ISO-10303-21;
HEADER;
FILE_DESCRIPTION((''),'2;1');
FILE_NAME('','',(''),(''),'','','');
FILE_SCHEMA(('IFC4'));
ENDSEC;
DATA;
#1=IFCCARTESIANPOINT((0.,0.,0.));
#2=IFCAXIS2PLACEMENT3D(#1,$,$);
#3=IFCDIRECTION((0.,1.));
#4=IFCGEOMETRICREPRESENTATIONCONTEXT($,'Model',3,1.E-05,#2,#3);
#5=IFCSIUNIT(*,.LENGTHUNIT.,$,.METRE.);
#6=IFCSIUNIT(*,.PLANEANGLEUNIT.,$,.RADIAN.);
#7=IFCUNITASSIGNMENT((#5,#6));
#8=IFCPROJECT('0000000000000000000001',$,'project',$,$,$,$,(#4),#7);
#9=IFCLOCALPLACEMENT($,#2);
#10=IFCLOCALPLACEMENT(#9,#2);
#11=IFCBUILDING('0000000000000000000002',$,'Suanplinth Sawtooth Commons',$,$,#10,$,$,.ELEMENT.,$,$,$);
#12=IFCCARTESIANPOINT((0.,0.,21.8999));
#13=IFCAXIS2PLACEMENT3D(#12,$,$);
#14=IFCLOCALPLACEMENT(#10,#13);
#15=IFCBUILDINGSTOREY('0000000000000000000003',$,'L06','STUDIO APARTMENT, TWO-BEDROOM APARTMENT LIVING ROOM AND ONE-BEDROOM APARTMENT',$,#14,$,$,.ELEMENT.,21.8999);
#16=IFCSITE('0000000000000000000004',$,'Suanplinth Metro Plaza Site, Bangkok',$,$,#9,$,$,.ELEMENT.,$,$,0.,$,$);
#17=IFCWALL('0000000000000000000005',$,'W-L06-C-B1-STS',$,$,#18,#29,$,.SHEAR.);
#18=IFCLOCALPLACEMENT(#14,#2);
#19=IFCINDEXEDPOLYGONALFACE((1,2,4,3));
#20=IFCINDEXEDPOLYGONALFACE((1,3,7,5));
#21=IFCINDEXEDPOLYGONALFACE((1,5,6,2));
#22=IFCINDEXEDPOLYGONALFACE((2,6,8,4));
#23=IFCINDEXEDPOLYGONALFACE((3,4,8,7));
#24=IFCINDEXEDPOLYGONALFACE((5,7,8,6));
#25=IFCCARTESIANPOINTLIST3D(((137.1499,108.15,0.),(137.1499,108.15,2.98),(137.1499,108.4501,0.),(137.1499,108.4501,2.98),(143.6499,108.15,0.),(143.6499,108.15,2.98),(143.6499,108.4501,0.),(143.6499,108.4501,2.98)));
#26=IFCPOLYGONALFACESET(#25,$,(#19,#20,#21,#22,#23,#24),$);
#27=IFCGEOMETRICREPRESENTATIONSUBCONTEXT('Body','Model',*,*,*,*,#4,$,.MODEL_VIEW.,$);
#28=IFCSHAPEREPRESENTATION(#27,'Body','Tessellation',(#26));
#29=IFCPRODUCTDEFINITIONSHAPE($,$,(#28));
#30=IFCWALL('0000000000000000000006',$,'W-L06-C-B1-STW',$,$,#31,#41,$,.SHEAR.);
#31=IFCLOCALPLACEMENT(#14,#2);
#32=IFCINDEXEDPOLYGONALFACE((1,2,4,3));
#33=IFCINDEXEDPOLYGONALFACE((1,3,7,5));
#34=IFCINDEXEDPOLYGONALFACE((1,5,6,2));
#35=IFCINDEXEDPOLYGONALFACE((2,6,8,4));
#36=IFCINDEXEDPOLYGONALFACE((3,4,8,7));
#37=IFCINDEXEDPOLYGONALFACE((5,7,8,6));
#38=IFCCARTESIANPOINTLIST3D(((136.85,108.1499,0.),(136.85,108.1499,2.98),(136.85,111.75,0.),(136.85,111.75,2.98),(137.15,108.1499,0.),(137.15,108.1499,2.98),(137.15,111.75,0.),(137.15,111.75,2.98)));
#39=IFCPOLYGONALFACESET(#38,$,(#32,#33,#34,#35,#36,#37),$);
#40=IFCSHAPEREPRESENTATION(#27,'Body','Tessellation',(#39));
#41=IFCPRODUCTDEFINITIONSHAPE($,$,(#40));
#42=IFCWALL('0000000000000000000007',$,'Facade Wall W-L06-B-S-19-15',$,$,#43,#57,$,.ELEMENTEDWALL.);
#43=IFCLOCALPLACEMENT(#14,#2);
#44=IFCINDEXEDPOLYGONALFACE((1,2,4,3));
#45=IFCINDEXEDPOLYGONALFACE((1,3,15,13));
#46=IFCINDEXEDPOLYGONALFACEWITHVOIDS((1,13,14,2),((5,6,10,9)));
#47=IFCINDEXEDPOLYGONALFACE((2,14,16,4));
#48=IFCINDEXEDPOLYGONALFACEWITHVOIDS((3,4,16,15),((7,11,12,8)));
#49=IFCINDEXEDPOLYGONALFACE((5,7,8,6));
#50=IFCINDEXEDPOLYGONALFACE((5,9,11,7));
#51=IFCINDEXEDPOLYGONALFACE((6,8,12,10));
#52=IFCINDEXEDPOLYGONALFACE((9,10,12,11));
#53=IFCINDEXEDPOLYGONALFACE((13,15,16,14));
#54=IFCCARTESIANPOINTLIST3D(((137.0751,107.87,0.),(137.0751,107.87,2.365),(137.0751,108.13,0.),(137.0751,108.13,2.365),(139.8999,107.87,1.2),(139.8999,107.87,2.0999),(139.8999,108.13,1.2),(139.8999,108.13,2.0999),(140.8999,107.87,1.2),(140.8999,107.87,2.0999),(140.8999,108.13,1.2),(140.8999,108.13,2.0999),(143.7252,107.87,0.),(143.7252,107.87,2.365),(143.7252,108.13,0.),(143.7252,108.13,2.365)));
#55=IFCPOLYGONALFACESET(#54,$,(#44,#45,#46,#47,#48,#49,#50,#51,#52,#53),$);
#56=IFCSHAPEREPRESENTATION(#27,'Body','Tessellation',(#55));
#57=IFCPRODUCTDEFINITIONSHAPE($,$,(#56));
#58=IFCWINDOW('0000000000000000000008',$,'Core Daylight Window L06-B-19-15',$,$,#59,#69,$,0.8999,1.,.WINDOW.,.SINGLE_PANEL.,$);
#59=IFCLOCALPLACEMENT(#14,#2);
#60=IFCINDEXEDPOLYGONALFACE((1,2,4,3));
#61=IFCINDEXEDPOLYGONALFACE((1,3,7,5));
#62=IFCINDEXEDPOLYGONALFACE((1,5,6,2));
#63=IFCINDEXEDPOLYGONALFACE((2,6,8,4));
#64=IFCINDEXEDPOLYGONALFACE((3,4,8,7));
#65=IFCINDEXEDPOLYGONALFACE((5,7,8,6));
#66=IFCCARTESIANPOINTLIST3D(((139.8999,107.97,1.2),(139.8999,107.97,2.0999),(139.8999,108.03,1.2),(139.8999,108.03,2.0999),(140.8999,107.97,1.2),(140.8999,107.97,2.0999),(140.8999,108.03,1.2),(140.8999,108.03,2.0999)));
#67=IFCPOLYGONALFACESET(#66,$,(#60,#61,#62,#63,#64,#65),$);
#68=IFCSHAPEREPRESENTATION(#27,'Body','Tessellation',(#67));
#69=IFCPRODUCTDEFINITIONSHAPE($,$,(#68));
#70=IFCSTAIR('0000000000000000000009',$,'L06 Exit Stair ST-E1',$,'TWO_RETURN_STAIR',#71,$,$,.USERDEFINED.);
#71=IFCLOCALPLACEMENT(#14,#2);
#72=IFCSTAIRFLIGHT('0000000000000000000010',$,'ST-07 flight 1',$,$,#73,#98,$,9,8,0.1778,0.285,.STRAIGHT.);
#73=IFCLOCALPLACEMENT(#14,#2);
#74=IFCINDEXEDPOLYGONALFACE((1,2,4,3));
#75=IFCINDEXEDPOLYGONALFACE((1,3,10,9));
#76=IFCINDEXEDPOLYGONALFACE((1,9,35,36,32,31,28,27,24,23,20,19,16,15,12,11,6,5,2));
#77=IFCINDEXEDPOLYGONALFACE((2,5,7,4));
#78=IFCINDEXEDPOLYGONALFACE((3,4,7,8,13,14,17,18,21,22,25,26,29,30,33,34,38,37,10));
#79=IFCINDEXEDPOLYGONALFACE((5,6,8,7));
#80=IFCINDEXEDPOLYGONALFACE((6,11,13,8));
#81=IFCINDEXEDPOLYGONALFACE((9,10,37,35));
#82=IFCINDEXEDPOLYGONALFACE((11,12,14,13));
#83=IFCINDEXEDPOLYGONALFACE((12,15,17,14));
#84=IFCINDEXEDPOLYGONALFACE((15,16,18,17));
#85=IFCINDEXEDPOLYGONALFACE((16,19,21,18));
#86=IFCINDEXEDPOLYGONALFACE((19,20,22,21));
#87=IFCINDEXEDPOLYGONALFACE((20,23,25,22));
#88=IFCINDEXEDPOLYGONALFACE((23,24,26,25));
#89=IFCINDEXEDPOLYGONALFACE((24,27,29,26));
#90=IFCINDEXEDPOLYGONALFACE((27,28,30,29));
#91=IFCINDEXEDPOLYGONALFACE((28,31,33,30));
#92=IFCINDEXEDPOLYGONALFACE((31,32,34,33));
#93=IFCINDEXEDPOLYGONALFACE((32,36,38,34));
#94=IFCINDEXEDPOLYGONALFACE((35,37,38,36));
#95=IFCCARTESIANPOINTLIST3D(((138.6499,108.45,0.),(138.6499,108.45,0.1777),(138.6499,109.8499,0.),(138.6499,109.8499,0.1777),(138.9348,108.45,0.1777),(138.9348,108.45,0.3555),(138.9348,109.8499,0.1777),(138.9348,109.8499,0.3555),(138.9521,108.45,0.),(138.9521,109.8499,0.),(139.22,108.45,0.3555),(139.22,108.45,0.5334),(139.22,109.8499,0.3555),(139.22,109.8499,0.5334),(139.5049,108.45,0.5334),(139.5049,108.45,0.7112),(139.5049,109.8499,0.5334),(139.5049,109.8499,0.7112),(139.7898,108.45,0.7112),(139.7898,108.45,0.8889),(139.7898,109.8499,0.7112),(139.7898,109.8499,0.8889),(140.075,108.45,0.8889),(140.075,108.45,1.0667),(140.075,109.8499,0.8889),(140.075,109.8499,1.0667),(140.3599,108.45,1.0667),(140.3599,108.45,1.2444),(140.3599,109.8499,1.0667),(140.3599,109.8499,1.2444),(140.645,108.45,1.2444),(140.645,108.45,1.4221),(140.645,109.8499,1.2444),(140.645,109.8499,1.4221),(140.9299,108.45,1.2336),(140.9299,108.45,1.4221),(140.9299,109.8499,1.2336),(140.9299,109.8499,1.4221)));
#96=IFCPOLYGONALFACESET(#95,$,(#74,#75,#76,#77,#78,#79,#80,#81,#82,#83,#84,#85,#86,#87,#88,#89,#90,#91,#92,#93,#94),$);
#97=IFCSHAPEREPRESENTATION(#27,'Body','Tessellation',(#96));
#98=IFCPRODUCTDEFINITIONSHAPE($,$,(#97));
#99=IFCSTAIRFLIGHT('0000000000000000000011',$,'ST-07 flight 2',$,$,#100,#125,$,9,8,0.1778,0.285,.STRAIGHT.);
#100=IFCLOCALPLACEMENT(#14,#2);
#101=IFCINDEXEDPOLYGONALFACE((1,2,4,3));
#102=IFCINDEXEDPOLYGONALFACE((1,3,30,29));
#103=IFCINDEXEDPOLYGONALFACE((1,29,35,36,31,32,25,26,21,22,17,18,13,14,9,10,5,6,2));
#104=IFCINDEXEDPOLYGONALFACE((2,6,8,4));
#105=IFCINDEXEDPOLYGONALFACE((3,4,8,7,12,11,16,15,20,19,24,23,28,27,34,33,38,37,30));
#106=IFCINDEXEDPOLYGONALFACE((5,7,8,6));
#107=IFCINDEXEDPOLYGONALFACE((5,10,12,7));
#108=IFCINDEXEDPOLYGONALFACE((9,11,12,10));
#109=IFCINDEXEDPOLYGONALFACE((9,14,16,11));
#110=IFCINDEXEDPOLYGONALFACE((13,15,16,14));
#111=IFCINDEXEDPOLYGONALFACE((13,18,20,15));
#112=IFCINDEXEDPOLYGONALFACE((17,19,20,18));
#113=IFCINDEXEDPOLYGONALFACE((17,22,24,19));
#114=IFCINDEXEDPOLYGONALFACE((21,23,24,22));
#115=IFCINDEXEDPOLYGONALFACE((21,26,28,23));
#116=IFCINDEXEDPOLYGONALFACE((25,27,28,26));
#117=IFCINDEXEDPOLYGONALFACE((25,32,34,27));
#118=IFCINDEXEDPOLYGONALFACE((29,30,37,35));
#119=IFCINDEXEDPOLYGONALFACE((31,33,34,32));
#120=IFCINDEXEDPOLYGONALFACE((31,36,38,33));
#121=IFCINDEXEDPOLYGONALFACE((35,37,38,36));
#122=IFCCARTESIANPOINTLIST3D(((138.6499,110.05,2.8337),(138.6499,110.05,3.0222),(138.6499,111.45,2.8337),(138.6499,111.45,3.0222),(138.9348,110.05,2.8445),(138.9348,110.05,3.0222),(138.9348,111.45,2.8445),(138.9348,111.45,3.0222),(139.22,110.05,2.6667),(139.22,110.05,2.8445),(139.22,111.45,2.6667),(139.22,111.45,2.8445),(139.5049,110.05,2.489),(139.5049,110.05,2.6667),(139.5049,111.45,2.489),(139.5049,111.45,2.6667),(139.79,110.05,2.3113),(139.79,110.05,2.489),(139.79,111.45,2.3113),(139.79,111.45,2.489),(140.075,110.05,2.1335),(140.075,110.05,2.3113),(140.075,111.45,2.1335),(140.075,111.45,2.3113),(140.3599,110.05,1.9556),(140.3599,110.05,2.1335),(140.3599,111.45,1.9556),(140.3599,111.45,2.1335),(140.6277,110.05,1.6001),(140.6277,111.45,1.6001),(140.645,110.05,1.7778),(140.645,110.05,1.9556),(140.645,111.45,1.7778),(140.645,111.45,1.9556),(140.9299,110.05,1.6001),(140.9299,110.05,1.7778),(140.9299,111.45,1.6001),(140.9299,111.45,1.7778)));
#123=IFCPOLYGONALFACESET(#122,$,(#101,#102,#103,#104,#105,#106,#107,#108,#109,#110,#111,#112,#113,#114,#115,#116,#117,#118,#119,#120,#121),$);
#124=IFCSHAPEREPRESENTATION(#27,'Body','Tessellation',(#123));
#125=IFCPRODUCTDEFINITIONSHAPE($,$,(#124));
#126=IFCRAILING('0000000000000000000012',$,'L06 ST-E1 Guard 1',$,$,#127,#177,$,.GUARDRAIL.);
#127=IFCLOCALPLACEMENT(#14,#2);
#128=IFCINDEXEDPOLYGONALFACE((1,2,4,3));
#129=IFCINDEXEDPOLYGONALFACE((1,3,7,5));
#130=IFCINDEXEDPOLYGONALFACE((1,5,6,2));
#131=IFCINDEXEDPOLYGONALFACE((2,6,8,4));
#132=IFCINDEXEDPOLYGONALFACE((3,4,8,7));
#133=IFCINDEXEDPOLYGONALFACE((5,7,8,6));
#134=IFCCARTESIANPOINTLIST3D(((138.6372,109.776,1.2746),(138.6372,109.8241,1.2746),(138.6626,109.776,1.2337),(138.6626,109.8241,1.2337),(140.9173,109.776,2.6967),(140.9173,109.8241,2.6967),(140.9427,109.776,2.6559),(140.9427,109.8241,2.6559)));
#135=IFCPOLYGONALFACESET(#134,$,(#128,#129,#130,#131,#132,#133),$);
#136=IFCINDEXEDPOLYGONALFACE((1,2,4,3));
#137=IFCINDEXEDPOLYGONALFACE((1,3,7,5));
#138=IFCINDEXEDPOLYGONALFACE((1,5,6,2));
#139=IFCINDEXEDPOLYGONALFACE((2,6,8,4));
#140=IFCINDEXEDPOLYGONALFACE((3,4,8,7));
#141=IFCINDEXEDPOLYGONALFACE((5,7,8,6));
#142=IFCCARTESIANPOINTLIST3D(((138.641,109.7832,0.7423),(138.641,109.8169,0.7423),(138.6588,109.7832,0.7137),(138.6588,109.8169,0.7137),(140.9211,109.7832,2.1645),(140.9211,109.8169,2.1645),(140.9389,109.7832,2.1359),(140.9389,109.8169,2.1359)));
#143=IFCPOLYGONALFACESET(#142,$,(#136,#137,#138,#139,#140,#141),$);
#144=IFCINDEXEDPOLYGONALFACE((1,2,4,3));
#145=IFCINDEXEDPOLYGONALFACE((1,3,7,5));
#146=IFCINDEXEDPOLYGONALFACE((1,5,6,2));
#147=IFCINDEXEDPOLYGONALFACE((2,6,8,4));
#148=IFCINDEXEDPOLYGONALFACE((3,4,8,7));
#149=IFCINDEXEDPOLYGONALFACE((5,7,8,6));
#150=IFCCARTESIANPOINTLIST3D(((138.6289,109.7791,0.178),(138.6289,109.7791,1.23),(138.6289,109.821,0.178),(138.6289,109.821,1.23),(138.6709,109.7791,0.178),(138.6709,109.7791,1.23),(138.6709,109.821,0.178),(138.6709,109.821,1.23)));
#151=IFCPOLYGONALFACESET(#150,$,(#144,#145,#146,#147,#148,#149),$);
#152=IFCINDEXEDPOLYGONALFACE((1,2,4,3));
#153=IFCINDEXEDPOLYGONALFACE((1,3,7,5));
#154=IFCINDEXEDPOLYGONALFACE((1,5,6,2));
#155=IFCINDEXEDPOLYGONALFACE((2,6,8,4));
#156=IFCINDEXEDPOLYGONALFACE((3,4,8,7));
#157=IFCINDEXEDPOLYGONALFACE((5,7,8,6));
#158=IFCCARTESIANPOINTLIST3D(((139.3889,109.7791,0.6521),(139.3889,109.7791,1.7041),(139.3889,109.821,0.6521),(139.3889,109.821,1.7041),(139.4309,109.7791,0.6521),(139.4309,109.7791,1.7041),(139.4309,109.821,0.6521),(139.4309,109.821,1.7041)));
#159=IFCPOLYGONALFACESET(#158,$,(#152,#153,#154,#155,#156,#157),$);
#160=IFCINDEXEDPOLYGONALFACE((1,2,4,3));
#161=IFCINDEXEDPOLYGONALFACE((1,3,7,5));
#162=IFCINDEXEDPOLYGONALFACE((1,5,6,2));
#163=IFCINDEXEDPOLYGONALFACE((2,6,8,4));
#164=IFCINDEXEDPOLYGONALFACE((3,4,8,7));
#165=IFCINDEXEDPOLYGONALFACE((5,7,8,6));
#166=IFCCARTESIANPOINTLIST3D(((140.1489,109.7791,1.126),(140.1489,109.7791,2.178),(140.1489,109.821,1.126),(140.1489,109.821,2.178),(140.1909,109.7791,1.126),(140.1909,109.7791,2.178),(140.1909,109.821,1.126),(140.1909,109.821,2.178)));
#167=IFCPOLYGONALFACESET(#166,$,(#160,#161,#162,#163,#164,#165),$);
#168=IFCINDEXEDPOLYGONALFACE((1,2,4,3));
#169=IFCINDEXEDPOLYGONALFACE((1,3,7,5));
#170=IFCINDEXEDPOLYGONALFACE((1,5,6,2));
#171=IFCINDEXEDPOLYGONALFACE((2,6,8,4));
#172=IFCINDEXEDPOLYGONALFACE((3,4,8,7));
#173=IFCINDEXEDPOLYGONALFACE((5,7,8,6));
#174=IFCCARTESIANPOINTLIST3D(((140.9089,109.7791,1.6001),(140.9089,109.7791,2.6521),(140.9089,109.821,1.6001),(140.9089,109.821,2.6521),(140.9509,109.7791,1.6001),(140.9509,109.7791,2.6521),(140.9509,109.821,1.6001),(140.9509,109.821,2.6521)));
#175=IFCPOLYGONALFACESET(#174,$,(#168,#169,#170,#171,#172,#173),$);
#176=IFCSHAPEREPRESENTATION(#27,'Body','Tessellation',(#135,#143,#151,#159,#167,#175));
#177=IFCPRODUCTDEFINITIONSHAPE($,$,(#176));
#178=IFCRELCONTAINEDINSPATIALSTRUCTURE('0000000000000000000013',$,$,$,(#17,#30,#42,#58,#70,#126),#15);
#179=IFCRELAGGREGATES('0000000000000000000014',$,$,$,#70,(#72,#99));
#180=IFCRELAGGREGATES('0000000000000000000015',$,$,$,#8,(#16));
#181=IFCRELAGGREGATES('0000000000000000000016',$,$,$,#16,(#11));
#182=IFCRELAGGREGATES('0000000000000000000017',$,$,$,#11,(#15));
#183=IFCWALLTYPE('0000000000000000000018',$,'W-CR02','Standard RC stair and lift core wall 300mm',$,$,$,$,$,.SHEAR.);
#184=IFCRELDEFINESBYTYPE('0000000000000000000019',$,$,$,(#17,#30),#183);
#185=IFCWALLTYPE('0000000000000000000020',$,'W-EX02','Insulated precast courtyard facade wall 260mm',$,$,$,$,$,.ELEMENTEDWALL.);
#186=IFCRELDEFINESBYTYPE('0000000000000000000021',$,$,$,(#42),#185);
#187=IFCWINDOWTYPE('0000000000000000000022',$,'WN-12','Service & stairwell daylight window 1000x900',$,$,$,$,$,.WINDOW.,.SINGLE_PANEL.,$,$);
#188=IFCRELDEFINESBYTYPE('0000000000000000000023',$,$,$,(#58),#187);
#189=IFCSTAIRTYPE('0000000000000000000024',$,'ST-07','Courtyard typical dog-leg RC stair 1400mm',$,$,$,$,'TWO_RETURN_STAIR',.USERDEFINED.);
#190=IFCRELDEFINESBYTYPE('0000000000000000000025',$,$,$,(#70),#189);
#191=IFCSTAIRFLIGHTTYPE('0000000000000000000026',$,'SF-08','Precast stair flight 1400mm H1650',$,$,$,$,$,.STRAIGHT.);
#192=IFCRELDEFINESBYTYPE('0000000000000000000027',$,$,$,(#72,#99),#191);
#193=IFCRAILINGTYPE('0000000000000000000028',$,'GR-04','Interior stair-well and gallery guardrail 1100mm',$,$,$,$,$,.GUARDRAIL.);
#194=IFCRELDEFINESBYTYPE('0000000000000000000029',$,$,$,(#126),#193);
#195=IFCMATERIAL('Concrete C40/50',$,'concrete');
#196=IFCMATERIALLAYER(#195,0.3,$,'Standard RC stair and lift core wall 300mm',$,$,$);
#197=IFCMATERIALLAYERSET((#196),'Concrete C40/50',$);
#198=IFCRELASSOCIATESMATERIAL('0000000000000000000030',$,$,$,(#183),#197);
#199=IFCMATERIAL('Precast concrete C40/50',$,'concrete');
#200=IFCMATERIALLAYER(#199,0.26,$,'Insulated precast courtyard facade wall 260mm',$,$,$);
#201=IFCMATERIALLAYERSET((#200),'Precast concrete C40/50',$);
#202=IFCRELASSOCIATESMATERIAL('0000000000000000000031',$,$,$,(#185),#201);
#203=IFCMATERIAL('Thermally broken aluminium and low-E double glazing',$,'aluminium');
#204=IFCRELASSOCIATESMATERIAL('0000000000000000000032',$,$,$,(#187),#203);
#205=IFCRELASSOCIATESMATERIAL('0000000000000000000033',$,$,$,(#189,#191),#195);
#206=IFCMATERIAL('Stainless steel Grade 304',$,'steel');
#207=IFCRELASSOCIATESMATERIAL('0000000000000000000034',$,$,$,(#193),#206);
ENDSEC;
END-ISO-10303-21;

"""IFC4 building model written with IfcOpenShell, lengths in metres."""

from ifc_helpers import new_model, si_unit, direction, frame, frame_2d, origin, origin_2d, place, context, subcontext, project, spatial, polyline, rectangle, outline, extrude, material, layer, layer_set, type_object, element, fill, aggregate, save


model = new_model("IFC4")

# Units and contexts
model_context = context("Model", 3, precision=1e-05, world=origin(), true_north=direction((0.0, 1.0)))
body_context = subcontext(model_context, "Body", "Model", "MODEL_VIEW")
ifc_project = project(units=[si_unit("LENGTHUNIT", "METRE"), si_unit("PLANEANGLEUNIT", "RADIAN")], contexts=[model_context])

# Site, building, storey
site_placement = place(None, origin())
site = spatial("IfcSite", under=ifc_project, at=site_placement, Name="Suanplinth Metro Plaza Site, Bangkok", CompositionType="ELEMENT", RefElevation=0.0)
building_placement = place(site_placement, origin())
building = spatial("IfcBuilding", under=site, at=building_placement, Name="Suanplinth Sawtooth Commons", CompositionType="ELEMENT")
storey_placement = place(building_placement, frame((0.0, 0.0, 21.8999)))
storey = spatial("IfcBuildingStorey", under=building, at=storey_placement, Name="L06", Description="STUDIO APARTMENT, TWO-BEDROOM APARTMENT LIVING ROOM AND ONE-BEDROOM APARTMENT", CompositionType="ELEMENT", Elevation=21.8999)

# Shared definitions
ifc_material_1 = material(Name="Precast concrete C40/50", Category="concrete")

# Walls
ifc_material_2 = material(Name="Concrete C40/50", Category="concrete")
ifc_layer_1 = layer(ifc_material_2, 0.3, Name="Standard RC stair and lift core wall 300mm")
ifc_layer_set_1 = layer_set([ifc_layer_1], Name="Concrete C40/50")
wall_type_1 = type_object("IfcWallType", Name="W-CR02", Description="Standard RC stair and lift core wall 300mm", PredefinedType="SHEAR", material=ifc_layer_set_1)
wall_1_placement = place(storey_placement, frame((137.1499, 108.3, 0.0), z_axis=(0.0, 0.0, 1.0), x_axis=(1.0, 0.0, 0.0)))
element("IfcWall", 1, at=wall_1_placement, inside=storey, type_object=wall_type_1, Name="W-L06-C-B1-STS", PredefinedType="SHEAR", context=body_context, shape_type="SweptSolid", body=[
    extrude(rectangle(XDim=6.5, YDim=0.3, at=frame_2d((3.25, 0.0))), origin(), (0.0, 0.0, 1.0), 2.98),
])
wall_2_placement = place(storey_placement, frame((137.0, 108.1499, 0.0), z_axis=(0.0, 0.0, 1.0), x_axis=(0.0, 1.0, 0.0)))
element("IfcWall", 2, at=wall_2_placement, inside=storey, type_object=wall_type_1, Name="W-L06-C-B1-STW", PredefinedType="SHEAR", context=body_context, shape_type="SweptSolid", body=[
    extrude(rectangle(XDim=3.6001, YDim=0.3, at=frame_2d((1.8, 0.0))), origin(), (0.0, 0.0, 1.0), 2.98),
])

# Wall, opening, window
ifc_layer_2 = layer(ifc_material_1, 0.26, Name="Insulated precast courtyard facade wall 260mm")
ifc_layer_set_2 = layer_set([ifc_layer_2], Name="Precast concrete C40/50")
wall_type_2 = type_object("IfcWallType", Name="W-EX02", Description="Insulated precast courtyard facade wall 260mm", PredefinedType="ELEMENTEDWALL", material=ifc_layer_set_2)
wall_3_placement = place(storey_placement, frame((137.075, 108.0, 0.0), z_axis=(0.0, 0.0, 1.0), x_axis=(1.0, 0.0, 0.0)))
wall_3 = element("IfcWall", 3, at=wall_3_placement, inside=storey, type_object=wall_type_2, Name="Facade Wall W-L06-B-S-19-15", PredefinedType="ELEMENTEDWALL", context=body_context, shape_type="SweptSolid", body=[
    extrude(rectangle(XDim=6.6501, YDim=0.26, at=frame_2d((3.3252, 0.0))), origin(), (0.0, 0.0, 1.0), 2.365),
])
opening_placement = place(wall_3_placement, frame((2.825, 0.0, 1.2)))
opening = element("IfcOpeningElement", 4, at=opening_placement, cuts=wall_3, PredefinedType="OPENING", context=body_context, shape_type="SweptSolid", body=[
    extrude(rectangle(XDim=1.0, YDim=0.8999, at=frame_2d((0.5, 0.45))), frame((0.0, 0.145, 0.0), z_axis=(0.0, -1.0, 0.0), x_axis=(1.0, 0.0, 0.0)), (0.0, 0.0, 1.0), 0.2898),
])
ifc_material_3 = material(Name="Thermally broken aluminium and low-E double glazing", Category="aluminium")
window_type = type_object("IfcWindowType", Name="WN-12", Description="Service & stairwell daylight window 1000x900", PartitioningType="SINGLE_PANEL", PredefinedType="WINDOW", material=ifc_material_3)
window_placement = place(opening_placement, origin())
window = element("IfcWindow", 5, at=window_placement, inside=storey, type_object=window_type, Name="Core Daylight Window L06-B-19-15", OverallHeight=0.8999, OverallWidth=1.0, PartitioningType="SINGLE_PANEL", PredefinedType="WINDOW", context=body_context, shape_type="SweptSolid", body=[
    extrude(rectangle(XDim=1.0, YDim=0.8999, at=frame_2d((0.5, 0.45))), frame((0.0, 0.03, 0.0), z_axis=(0.0, -1.0, 0.0), x_axis=(1.0, 0.0, 0.0)), (0.0, 0.0, 1.0), 0.0601),
])
fill(opening, window)

# Stair, stair flights
stair_type = type_object("IfcStairType", Name="ST-07", Description="Courtyard typical dog-leg RC stair 1400mm", ElementType="TWO_RETURN_STAIR", PredefinedType="USERDEFINED", material=ifc_material_2)
stair_placement = place(storey_placement, origin())
stair = element("IfcStair", 6, at=stair_placement, inside=storey, type_object=stair_type, Name="L06 Exit Stair ST-E1", ObjectType="TWO_RETURN_STAIR", PredefinedType="USERDEFINED")
stair_flight_type = type_object("IfcStairFlightType", Name="SF-08", Description="Precast stair flight 1400mm H1650", PredefinedType="STRAIGHT", material=ifc_material_2)
stair_flight_1_placement = place(storey_placement, frame((138.6499, 109.1499, 0.0), z_axis=(0.0, 0.0, 1.0), x_axis=(1.0, 0.0, 0.0)))
stair_flight_1 = element("IfcStairFlight", 7, at=stair_flight_1_placement, type_object=stair_flight_type, Name="ST-07 flight 1", NumberOfRisers=9, NumberOfTreads=8, PredefinedType="STRAIGHT", RiserHeight=0.1778, TreadLength=0.285, context=body_context, shape_type="SweptSolid", body=[
    extrude(outline(polyline([(0.0, 0.0), (0.0, 0.1777), (0.2849, 0.1777), (0.2849, 0.3555), (0.5701, 0.3555), (0.5701, 0.5334), (0.855, 0.5334), (0.855, 0.7112), (1.1399, 0.7112), (1.1399, 0.8889), (1.425, 0.8889), (1.425, 1.0667), (1.71, 1.0667), (1.71, 1.2444), (1.9951, 1.2444), (1.9951, 1.4221), (2.28, 1.4221), (2.28, 1.6001), (2.28, 1.2336), (0.3022, 0.0), (0.0, 0.0)])), frame((0.0, 0.7, 0.0), z_axis=(0.0, -1.0, 0.0), x_axis=(1.0, 0.0, 0.0)), (0.0, 0.0, 1.0), 1.3999),
])
stair_flight_2_placement = place(storey_placement, frame((140.9299, 110.75, 1.6001), z_axis=(0.0, 0.0, 1.0), x_axis=(-1.0, 0.0, 0.0)))
stair_flight_2 = element("IfcStairFlight", 8, at=stair_flight_2_placement, type_object=stair_flight_type, Name="ST-07 flight 2", NumberOfRisers=9, NumberOfTreads=8, PredefinedType="STRAIGHT", RiserHeight=0.1778, TreadLength=0.285, context=body_context, shape_type="SweptSolid", body=[
    extrude(outline(polyline([(0.0, 0.0), (0.0, 0.1777), (0.2849, 0.1777), (0.2849, 0.3555), (0.5701, 0.3555), (0.5701, 0.5334), (0.855, 0.5334), (0.855, 0.7112), (1.1399, 0.7112), (1.1399, 0.8889), (1.425, 0.8889), (1.425, 1.0667), (1.71, 1.0667), (1.71, 1.2444), (1.9951, 1.2444), (1.9951, 1.4221), (2.28, 1.4221), (2.28, 1.6001), (2.28, 1.2336), (0.3022, 0.0), (0.0, 0.0)])), frame((0.0, 0.7, 0.0), z_axis=(0.0, -1.0, 0.0), x_axis=(1.0, 0.0, 0.0)), (0.0, 0.0, 1.0), 1.3999),
])
aggregate(stair, [stair_flight_1, stair_flight_2])

# Railing
ifc_material_4 = material(Name="Stainless steel Grade 304", Category="steel")
railing_type_1 = type_object("IfcRailingType", Name="GR-04", Description="Interior stair-well and gallery guardrail 1100mm", PredefinedType="GUARDRAIL", material=ifc_material_4)
railing_1_placement = place(storey_placement, frame((138.6499, 109.8, 0.178)))
element("IfcRailing", 9, at=railing_1_placement, inside=storey, type_object=railing_type_1, Name="L06 ST-E1 Guard 1", PredefinedType="GUARDRAIL", context=body_context, shape_type="SweptSolid", body=[
    extrude(rectangle(XDim=0.0481, YDim=0.0481, at=origin_2d()), frame((0.0, 0.0, 1.0762), z_axis=(0.848483, 0.0, 0.529223), x_axis=(0.0, 1.0, 0.0)), (0.0, 0.0, 1.0), 2.6873),
    extrude(rectangle(XDim=0.0337, YDim=0.0337, at=origin_2d()), frame((0.0, 0.0, 0.55), z_axis=(0.848483, 0.0, 0.529223), x_axis=(0.0, 1.0, 0.0)), (0.0, 0.0, 1.0), 2.6873),
    extrude(rectangle(XDim=0.042, YDim=0.042, at=origin_2d()), origin(), (0.0, 0.0, 1.0), 1.052),
    extrude(rectangle(XDim=0.042, YDim=0.042, at=origin_2d()), frame((0.76, 0.0, 0.4741)), (0.0, 0.0, 1.0), 1.052),
    extrude(rectangle(XDim=0.042, YDim=0.042, at=origin_2d()), frame((1.52, 0.0, 0.948)), (0.0, 0.0, 1.0), 1.052),
    extrude(rectangle(XDim=0.042, YDim=0.042, at=origin_2d()), frame((2.28, 0.0, 1.4221)), (0.0, 0.0, 1.0), 1.052),
])

save(model, "model.ifc")
